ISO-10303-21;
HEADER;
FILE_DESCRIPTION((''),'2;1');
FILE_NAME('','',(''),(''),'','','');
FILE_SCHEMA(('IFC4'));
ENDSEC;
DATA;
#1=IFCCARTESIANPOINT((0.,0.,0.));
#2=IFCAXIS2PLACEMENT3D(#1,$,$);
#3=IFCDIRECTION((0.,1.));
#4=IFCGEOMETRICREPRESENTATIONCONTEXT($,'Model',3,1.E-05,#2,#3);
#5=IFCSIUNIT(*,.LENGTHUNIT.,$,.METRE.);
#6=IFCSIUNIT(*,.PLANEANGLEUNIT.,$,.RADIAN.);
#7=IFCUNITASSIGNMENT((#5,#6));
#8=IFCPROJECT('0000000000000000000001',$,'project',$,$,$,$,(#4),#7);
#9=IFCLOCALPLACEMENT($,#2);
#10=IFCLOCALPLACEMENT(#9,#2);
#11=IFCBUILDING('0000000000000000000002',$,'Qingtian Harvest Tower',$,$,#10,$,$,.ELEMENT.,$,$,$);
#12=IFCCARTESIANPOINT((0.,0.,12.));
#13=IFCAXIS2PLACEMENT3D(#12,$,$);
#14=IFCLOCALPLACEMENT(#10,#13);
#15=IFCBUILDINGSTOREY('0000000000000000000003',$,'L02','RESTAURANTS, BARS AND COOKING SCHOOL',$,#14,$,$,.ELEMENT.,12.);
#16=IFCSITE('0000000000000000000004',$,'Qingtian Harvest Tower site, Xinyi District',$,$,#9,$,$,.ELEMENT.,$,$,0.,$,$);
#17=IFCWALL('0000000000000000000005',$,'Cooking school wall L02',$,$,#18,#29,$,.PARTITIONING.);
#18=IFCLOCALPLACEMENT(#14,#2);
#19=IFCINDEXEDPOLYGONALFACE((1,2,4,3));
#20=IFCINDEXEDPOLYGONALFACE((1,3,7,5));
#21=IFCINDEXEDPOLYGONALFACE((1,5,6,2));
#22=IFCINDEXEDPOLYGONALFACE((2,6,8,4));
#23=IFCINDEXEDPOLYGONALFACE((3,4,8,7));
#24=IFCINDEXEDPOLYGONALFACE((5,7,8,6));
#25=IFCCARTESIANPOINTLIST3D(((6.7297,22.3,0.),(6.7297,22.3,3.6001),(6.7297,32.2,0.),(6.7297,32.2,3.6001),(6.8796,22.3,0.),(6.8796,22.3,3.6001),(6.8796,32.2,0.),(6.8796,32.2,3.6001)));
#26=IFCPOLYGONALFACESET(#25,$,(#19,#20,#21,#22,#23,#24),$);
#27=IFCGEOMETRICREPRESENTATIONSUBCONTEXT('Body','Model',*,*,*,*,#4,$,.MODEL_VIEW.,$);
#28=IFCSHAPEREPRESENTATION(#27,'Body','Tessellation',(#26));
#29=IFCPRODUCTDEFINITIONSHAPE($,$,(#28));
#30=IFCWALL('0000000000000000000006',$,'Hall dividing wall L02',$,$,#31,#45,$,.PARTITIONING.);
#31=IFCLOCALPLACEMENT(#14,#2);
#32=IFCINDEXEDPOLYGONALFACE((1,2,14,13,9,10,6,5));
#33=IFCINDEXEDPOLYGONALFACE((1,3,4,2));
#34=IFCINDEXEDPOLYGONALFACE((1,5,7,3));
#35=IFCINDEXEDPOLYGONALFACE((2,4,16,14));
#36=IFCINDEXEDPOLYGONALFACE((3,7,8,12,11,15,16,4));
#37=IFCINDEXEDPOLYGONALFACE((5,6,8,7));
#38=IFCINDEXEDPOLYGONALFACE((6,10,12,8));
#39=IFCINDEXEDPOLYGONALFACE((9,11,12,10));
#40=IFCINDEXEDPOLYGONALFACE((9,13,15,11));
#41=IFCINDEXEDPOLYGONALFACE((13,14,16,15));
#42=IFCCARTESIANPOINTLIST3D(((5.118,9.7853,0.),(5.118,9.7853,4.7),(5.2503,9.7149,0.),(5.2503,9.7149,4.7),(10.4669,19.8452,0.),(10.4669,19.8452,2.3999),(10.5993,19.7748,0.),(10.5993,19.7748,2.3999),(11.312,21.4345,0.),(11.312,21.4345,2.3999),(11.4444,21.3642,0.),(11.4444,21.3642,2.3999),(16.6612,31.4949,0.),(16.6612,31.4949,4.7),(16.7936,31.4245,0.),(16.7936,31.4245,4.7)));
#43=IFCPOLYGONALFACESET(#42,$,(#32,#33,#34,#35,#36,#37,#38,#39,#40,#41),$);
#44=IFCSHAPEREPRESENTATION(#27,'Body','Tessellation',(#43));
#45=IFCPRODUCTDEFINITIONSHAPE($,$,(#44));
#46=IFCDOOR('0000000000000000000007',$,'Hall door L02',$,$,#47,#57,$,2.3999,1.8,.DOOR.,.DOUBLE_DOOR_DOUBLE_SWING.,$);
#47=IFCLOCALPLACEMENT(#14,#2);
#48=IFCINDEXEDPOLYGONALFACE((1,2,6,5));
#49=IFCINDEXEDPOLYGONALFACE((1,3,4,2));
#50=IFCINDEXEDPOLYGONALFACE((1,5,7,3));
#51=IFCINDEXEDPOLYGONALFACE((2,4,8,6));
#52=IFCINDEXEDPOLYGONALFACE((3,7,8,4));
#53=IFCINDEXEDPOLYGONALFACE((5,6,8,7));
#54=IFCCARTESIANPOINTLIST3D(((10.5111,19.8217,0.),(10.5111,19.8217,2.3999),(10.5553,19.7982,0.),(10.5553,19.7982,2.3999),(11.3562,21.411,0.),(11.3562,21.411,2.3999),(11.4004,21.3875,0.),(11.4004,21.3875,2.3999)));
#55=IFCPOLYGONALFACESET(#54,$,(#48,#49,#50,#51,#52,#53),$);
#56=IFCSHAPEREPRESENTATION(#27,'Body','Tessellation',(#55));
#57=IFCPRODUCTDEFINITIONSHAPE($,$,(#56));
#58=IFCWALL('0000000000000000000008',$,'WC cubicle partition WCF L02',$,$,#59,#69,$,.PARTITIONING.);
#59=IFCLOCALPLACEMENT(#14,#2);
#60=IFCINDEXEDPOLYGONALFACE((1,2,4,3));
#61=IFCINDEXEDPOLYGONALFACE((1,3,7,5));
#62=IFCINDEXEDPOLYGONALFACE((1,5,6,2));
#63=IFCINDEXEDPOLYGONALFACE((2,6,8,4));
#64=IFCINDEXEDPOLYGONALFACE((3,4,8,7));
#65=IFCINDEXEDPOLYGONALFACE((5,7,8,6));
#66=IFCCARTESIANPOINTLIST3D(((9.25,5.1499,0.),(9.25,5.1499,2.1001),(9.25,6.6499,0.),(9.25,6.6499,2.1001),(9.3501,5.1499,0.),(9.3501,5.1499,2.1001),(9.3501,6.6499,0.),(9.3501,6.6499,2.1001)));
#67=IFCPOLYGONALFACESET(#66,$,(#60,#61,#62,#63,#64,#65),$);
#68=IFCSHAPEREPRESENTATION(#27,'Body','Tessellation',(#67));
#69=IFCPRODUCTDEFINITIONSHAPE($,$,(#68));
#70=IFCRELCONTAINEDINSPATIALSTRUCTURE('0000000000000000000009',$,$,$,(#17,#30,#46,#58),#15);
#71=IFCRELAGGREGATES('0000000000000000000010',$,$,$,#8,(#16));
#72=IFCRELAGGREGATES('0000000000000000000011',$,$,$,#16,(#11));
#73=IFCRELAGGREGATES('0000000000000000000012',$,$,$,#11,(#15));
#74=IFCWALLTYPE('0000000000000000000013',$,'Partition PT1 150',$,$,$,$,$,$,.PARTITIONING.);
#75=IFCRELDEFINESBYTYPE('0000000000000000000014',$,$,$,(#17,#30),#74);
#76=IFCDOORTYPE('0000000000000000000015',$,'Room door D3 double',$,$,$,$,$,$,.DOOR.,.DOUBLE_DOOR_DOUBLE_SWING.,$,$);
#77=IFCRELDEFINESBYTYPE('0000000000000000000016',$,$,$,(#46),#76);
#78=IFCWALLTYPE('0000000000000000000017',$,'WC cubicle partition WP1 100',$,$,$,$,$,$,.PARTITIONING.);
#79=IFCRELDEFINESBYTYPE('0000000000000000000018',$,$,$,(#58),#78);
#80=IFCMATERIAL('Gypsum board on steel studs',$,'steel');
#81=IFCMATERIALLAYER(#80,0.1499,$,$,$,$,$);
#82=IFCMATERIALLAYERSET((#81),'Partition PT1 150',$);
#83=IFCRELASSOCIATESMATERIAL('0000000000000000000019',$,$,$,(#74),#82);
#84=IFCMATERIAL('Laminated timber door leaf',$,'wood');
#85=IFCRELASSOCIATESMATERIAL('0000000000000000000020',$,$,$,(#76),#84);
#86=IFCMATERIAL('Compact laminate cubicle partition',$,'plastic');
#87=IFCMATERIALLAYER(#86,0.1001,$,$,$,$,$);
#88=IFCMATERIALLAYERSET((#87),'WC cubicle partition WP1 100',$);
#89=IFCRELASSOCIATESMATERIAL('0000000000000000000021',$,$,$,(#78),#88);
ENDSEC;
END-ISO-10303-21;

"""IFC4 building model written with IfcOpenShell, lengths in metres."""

from ifc_helpers import new_model, si_unit, direction, frame, frame_2d, origin, place, context, subcontext, project, spatial, rectangle, extrude, material, layer, layer_set, type_object, element, fill, save


model = new_model("IFC4")

# Units and contexts
model_context = context("Model", 3, precision=1e-05, world=origin(), true_north=direction((0.0, 1.0)))
body_context = subcontext(model_context, "Body", "Model", "MODEL_VIEW")
ifc_project = project(units=[si_unit("LENGTHUNIT", "METRE"), si_unit("PLANEANGLEUNIT", "RADIAN")], contexts=[model_context])

# Site, building, storey
site_placement = place(None, origin())
site = spatial("IfcSite", under=ifc_project, at=site_placement, Name="Qingtian Harvest Tower site, Xinyi District", CompositionType="ELEMENT", RefElevation=0.0)
building_placement = place(site_placement, origin())
building = spatial("IfcBuilding", under=site, at=building_placement, Name="Qingtian Harvest Tower", CompositionType="ELEMENT")
storey_placement = place(building_placement, frame((0.0, 0.0, 12.0)))
storey = spatial("IfcBuildingStorey", under=building, at=storey_placement, Name="L02", Description="RESTAURANTS, BARS AND COOKING SCHOOL", CompositionType="ELEMENT", Elevation=12.0)

# Wall
ifc_material_1 = material(Name="Gypsum board on steel studs", Category="steel")
ifc_layer_1 = layer(ifc_material_1, 0.1499)
ifc_layer_set_1 = layer_set([ifc_layer_1], Name="Partition PT1 150")
wall_type_1 = type_object("IfcWallType", Name="Partition PT1 150", PredefinedType="PARTITIONING", material=ifc_layer_set_1)
wall_1_placement = place(storey_placement, frame((6.8047, 32.2, 0.0), z_axis=(0.0, 0.0, 1.0), x_axis=(0.0, -1.0, 0.0)))
element("IfcWall", 1, at=wall_1_placement, inside=storey, type_object=wall_type_1, Name="Cooking school wall L02", PredefinedType="PARTITIONING", context=body_context, shape_type="SweptSolid", body=[
    extrude(rectangle(XDim=9.8999, YDim=0.1499, at=frame_2d((4.95, 0.0))), origin(), (0.0, 0.0, 1.0), 3.6001),
])

# Wall, opening, door
wall_2_placement = place(storey_placement, frame((5.1841, 9.75, 0.0), z_axis=(0.0, 0.0, 1.0), x_axis=(0.469474, 0.882946, 0.0)))
wall_2 = element("IfcWall", 2, at=wall_2_placement, inside=storey, type_object=wall_type_1, Name="Hall dividing wall L02", PredefinedType="PARTITIONING", context=body_context, shape_type="SweptSolid", body=[
    extrude(rectangle(XDim=24.5876, YDim=0.1499, at=frame_2d((12.2939, 0.0))), origin(), (0.0, 0.0, 1.0), 4.7),
])
opening_placement = place(wall_2_placement, frame((11.3938, 0.0, 0.0)))
opening = element("IfcOpeningElement", 3, at=opening_placement, cuts=wall_2, PredefinedType="OPENING", context=body_context, shape_type="SweptSolid", body=[
    extrude(rectangle(XDim=1.8, YDim=2.3999, at=frame_2d((0.8999, 1.2))), frame((0.0, 0.085, 0.0), z_axis=(0.0, -1.0, 0.0), x_axis=(1.0, 0.0, 0.0)), (0.0, 0.0, 1.0), 0.1699),
])
ifc_material_2 = material(Name="Laminated timber door leaf", Category="wood")
door_type = type_object("IfcDoorType", Name="Room door D3 double", OperationType="DOUBLE_DOOR_DOUBLE_SWING", PredefinedType="DOOR", material=ifc_material_2)
door_placement = place(opening_placement, origin())
door = element("IfcDoor", 4, at=door_placement, inside=storey, type_object=door_type, Name="Hall door L02", OperationType="DOUBLE_DOOR_DOUBLE_SWING", OverallHeight=2.3999, OverallWidth=1.8, PredefinedType="DOOR", context=body_context, shape_type="SweptSolid", body=[
    extrude(rectangle(XDim=1.8, YDim=2.3999, at=frame_2d((0.8999, 1.2))), frame((0.0, 0.0249, 0.0), z_axis=(0.0, -1.0, 0.0), x_axis=(1.0, 0.0, 0.0)), (0.0, 0.0, 1.0), 0.05),
])
fill(opening, door)

# Wall
ifc_material_3 = material(Name="Compact laminate cubicle partition", Category="plastic")
ifc_layer_2 = layer(ifc_material_3, 0.1001)
ifc_layer_set_2 = layer_set([ifc_layer_2], Name="WC cubicle partition WP1 100")
wall_type_2 = type_object("IfcWallType", Name="WC cubicle partition WP1 100", PredefinedType="PARTITIONING", material=ifc_layer_set_2)
wall_3_placement = place(storey_placement, frame((9.3, 5.1499, 0.0), z_axis=(0.0, 0.0, 1.0), x_axis=(0.0, 1.0, 0.0)))
element("IfcWall", 5, at=wall_3_placement, inside=storey, type_object=wall_type_2, Name="WC cubicle partition WCF L02", PredefinedType="PARTITIONING", context=body_context, shape_type="SweptSolid", body=[
    extrude(rectangle(XDim=1.5, YDim=0.1001, at=frame_2d((0.75, 0.0))), origin(), (0.0, 0.0, 1.0), 2.1001),
])

save(model, "model.ifc")
